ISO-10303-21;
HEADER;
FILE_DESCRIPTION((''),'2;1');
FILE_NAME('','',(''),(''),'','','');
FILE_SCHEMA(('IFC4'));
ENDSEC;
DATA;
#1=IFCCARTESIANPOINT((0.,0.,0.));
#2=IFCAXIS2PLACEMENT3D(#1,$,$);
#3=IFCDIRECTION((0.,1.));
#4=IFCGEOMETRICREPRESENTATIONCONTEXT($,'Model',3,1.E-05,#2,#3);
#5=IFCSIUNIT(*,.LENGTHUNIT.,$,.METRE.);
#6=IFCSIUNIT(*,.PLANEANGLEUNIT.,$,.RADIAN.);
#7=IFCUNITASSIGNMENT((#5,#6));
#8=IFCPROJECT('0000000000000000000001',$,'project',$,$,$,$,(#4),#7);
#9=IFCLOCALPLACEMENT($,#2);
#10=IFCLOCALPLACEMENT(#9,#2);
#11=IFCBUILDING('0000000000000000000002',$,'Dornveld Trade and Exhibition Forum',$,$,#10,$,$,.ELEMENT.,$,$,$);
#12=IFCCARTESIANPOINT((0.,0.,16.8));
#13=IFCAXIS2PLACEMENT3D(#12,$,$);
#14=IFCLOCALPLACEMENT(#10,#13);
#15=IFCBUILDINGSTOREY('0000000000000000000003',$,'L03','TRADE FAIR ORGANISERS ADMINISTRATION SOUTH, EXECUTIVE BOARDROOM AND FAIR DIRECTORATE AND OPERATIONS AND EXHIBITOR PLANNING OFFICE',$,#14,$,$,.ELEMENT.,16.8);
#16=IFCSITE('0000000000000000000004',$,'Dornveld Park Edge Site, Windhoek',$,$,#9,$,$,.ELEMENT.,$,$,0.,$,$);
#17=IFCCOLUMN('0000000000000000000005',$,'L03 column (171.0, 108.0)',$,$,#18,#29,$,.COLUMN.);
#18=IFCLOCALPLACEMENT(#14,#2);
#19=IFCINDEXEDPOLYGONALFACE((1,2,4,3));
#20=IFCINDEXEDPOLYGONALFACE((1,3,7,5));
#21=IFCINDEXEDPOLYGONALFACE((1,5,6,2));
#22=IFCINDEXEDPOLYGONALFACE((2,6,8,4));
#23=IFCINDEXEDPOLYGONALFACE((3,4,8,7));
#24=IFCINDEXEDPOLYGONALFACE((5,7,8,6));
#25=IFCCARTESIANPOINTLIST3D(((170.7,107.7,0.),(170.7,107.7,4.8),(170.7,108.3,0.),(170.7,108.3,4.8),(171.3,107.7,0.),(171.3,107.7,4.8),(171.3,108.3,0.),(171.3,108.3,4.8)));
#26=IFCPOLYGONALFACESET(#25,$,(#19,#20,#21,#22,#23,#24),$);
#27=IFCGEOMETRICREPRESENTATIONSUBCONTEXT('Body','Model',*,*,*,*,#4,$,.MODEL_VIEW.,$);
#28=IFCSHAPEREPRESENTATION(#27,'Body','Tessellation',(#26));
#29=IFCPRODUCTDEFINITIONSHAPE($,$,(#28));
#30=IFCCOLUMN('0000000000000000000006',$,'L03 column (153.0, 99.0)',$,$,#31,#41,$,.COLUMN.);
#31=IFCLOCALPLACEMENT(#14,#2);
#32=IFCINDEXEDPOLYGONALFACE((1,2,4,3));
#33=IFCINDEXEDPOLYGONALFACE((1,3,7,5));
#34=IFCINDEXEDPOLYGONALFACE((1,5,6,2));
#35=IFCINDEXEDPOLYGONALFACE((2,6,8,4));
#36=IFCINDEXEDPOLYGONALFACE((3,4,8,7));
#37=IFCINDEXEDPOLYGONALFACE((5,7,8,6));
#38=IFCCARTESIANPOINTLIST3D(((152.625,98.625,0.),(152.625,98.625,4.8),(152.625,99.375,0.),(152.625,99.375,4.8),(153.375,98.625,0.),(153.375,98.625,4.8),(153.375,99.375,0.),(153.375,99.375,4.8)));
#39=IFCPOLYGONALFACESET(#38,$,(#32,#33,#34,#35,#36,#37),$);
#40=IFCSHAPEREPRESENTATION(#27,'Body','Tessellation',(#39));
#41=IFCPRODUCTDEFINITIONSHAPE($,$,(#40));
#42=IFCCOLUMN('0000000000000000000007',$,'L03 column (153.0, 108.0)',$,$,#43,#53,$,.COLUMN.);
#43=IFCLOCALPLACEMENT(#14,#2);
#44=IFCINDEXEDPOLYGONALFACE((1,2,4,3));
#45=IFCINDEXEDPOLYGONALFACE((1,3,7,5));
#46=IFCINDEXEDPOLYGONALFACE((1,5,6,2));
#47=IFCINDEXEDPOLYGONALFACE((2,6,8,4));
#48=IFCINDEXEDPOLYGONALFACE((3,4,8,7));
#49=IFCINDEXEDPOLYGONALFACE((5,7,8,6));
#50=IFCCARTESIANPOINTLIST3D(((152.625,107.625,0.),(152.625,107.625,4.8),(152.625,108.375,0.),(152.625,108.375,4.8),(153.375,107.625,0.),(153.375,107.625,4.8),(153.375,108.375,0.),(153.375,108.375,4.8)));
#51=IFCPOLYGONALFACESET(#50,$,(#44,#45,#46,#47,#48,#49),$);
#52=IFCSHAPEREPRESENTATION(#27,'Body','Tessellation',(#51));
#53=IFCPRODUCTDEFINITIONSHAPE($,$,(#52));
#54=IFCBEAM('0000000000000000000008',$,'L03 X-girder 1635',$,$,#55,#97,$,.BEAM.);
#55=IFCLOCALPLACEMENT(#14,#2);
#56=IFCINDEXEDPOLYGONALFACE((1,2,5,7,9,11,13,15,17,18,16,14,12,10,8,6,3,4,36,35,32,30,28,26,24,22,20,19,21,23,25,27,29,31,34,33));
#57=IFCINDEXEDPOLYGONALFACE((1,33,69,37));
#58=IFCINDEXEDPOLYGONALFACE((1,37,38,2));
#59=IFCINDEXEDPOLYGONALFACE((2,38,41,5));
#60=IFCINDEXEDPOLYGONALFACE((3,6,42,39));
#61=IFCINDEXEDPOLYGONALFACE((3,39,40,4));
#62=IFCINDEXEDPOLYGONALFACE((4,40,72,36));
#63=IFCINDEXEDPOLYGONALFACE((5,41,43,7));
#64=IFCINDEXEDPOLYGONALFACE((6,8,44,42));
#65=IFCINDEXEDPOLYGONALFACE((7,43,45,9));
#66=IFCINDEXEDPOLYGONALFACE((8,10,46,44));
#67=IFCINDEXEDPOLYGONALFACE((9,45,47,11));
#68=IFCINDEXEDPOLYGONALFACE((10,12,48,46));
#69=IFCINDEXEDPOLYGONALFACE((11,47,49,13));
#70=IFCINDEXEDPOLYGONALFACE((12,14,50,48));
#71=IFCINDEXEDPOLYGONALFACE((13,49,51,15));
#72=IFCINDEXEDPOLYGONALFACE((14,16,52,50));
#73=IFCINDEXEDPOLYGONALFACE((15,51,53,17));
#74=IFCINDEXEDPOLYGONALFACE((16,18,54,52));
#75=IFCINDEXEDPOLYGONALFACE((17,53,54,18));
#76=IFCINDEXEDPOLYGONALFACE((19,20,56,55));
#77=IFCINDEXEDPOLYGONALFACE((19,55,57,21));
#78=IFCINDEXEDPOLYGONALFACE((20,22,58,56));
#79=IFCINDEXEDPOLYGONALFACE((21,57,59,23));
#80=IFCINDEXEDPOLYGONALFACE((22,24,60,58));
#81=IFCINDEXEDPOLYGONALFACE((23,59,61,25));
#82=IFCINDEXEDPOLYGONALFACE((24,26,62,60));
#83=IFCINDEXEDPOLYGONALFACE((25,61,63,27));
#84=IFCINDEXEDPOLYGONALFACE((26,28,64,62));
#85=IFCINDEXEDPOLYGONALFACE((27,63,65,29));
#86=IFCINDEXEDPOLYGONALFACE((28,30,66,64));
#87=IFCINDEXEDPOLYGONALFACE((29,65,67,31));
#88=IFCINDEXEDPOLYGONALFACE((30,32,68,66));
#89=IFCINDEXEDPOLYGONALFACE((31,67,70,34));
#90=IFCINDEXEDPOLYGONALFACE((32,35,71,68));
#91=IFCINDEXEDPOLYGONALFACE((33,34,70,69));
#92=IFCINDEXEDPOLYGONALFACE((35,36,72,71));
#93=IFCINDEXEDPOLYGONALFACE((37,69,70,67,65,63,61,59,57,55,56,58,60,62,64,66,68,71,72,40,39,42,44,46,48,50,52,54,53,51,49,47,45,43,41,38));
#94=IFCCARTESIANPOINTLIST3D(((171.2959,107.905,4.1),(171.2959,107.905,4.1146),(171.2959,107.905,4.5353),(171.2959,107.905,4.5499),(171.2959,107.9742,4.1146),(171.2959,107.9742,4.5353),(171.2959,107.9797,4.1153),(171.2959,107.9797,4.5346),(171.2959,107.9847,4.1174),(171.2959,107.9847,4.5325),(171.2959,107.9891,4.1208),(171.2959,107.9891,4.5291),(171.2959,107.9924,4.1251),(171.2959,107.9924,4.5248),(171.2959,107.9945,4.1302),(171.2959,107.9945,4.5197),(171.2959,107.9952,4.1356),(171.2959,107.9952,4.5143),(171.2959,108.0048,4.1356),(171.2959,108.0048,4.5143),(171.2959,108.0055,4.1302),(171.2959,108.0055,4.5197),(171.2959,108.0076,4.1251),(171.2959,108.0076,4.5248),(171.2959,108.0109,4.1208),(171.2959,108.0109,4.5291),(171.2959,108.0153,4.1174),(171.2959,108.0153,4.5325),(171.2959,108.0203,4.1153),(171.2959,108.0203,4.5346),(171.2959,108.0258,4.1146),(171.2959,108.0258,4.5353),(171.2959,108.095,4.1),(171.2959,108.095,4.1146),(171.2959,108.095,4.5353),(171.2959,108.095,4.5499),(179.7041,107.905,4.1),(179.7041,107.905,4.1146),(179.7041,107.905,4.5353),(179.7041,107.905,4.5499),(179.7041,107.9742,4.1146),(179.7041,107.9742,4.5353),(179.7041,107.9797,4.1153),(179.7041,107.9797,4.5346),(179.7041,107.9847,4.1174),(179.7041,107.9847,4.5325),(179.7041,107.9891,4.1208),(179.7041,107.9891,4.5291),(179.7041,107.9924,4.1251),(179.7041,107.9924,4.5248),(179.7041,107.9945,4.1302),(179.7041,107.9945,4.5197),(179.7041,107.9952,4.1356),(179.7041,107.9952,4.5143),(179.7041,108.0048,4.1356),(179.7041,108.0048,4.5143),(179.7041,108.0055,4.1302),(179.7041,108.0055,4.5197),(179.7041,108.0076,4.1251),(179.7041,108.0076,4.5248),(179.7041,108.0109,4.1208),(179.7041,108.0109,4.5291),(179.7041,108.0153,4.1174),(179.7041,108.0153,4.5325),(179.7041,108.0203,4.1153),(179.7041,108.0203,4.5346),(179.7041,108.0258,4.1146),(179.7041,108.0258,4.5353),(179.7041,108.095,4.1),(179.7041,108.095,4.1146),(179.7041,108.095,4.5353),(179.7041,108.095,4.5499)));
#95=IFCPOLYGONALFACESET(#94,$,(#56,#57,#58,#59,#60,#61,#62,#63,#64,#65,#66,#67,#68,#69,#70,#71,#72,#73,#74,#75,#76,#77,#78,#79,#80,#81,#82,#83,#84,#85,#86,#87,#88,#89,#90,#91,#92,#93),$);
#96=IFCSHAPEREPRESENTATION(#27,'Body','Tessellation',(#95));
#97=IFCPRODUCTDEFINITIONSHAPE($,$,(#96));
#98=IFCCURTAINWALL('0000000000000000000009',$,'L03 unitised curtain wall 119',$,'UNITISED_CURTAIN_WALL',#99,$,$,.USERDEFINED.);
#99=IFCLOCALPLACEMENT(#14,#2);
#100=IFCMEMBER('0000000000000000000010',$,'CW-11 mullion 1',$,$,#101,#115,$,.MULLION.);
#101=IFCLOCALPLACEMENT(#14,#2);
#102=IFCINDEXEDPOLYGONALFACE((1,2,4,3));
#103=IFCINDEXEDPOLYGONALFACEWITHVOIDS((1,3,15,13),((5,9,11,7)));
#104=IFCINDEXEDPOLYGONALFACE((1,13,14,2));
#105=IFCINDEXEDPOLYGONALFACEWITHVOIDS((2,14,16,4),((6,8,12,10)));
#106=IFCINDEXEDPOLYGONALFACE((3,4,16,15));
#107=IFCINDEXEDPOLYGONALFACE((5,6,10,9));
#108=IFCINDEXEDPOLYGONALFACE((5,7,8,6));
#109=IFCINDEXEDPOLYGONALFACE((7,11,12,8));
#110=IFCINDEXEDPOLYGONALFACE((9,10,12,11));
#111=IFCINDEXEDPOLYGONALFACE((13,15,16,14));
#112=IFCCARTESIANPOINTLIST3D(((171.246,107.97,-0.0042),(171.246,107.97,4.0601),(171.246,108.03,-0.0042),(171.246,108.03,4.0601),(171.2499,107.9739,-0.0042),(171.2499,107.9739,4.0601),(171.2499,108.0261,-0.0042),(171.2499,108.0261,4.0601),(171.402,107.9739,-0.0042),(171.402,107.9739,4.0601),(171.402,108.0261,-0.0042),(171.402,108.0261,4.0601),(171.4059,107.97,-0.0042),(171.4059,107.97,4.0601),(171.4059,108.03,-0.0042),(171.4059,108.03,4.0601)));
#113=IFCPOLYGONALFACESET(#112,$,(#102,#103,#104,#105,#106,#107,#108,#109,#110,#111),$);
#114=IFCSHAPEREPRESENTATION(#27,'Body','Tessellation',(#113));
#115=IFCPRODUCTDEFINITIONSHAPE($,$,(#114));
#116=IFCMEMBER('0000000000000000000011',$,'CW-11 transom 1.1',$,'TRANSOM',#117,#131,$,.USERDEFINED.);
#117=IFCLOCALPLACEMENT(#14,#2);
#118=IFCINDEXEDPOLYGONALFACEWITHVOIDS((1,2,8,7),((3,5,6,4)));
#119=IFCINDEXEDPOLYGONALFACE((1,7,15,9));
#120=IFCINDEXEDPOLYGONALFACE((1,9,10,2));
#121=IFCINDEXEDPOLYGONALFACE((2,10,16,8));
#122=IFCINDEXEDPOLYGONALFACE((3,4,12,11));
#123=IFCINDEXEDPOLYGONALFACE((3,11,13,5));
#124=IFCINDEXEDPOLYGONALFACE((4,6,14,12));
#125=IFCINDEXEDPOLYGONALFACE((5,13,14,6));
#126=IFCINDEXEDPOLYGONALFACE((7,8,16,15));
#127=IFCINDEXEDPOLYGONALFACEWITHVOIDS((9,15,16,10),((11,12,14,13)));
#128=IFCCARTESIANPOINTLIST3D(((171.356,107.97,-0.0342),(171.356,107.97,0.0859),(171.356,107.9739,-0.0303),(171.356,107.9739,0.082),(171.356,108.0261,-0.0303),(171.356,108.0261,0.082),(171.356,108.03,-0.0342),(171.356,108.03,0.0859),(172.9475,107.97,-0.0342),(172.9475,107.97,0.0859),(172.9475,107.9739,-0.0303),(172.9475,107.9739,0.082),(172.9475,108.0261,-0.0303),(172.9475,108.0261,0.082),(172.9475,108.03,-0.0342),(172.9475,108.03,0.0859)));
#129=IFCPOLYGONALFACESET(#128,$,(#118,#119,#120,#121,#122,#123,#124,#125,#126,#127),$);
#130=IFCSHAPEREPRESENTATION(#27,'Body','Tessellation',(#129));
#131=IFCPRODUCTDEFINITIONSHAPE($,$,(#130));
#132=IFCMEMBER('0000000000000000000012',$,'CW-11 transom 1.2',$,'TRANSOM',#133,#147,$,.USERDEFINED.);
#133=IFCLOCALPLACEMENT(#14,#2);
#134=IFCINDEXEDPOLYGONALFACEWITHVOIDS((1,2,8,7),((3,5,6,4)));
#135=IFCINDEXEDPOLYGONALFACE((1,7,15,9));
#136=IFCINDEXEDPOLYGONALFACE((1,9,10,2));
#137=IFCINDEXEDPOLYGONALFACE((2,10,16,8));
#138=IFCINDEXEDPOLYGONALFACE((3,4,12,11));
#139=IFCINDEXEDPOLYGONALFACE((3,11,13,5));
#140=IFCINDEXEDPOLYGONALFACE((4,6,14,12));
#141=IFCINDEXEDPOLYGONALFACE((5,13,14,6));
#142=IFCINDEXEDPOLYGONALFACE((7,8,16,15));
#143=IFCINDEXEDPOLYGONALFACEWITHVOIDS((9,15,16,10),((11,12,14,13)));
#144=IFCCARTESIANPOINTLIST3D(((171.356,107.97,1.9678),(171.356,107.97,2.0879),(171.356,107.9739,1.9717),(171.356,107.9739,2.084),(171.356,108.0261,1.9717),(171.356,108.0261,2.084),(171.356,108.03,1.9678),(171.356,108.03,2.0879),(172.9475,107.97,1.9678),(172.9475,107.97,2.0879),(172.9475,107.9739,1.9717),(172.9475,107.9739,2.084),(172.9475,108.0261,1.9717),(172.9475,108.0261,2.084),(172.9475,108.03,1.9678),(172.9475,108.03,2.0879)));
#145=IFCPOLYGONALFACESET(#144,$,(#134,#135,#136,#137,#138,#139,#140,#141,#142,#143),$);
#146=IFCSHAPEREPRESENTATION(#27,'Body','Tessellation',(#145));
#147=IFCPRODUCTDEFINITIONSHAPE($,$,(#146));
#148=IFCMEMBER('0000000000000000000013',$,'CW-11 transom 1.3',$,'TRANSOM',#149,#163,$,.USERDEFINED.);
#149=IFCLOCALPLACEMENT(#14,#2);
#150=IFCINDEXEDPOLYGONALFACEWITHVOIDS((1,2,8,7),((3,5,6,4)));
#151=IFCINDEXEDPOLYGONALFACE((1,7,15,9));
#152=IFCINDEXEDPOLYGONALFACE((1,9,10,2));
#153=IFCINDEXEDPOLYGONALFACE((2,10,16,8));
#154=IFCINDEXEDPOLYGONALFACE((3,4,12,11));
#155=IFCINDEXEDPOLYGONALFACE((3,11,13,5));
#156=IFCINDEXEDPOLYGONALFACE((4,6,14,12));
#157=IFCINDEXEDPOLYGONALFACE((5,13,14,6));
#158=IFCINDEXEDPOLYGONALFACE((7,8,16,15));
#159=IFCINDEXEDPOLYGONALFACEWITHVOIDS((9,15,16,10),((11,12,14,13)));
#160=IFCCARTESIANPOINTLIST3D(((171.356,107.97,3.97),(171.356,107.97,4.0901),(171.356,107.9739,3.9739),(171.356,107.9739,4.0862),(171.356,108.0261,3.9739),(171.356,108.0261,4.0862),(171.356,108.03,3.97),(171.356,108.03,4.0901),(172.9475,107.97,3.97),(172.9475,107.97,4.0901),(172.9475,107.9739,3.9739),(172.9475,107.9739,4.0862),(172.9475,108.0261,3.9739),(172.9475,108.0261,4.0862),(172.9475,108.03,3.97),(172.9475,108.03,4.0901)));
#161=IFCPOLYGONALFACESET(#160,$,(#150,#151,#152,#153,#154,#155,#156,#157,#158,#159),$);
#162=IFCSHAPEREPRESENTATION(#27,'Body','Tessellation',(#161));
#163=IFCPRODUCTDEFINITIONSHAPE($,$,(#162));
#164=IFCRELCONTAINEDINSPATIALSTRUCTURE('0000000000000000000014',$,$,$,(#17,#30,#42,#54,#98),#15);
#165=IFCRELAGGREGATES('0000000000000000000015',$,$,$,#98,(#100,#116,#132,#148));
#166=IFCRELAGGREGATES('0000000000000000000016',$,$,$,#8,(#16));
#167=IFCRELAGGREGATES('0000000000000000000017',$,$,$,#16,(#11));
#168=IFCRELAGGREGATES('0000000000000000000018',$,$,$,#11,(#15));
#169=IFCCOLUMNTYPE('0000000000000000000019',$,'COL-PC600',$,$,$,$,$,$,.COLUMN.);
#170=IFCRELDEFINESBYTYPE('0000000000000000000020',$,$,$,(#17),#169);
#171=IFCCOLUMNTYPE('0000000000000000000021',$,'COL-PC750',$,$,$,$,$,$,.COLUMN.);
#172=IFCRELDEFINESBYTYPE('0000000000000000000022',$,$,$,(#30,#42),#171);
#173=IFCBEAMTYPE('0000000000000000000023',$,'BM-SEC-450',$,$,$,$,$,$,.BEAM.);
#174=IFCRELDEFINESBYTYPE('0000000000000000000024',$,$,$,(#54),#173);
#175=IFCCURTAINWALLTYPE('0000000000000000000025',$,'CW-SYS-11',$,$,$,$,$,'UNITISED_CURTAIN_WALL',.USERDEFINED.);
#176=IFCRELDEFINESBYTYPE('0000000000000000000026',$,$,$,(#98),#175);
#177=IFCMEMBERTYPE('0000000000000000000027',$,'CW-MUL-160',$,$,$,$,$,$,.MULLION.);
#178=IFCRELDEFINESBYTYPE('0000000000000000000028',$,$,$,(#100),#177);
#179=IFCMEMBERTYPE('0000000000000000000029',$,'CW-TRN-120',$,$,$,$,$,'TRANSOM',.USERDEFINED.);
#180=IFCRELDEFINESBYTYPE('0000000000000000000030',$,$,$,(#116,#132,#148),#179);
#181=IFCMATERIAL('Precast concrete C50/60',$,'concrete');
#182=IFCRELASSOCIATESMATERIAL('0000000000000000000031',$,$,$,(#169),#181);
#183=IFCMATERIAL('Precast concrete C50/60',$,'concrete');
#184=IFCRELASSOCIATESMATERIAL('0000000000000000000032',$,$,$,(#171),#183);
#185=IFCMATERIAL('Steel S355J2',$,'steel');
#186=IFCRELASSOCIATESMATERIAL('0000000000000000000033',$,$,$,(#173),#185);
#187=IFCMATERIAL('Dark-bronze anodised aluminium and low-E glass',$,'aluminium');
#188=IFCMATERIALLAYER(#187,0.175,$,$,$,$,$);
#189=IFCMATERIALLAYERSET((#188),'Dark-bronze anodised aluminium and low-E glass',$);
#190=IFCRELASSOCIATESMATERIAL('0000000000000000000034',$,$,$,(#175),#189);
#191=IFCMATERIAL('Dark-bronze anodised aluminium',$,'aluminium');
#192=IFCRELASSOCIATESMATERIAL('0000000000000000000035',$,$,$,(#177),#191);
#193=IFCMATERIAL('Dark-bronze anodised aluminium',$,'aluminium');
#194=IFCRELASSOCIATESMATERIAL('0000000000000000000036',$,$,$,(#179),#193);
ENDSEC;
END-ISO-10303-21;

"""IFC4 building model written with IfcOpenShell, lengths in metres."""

from ifc_helpers import new_model, si_unit, direction, frame, origin, origin_2d, place, context, subcontext, project, spatial, rectangle, hollow_rectangle, i_section, extrude, material, layer, layer_set, material_profile, profile_set, type_object, element, aggregate, save


model = new_model("IFC4")

# Units and contexts
model_context = context("Model", 3, precision=1e-05, world=origin(), true_north=direction((0.0, 1.0)))
body_context = subcontext(model_context, "Body", "Model", "MODEL_VIEW")
ifc_project = project(units=[si_unit("LENGTHUNIT", "METRE"), si_unit("PLANEANGLEUNIT", "RADIAN")], contexts=[model_context])

# Site, building, storey
site_placement = place(None, origin())
site = spatial("IfcSite", under=ifc_project, at=site_placement, Name="Dornveld Park Edge Site, Windhoek", CompositionType="ELEMENT", RefElevation=0.0)
building_placement = place(site_placement, origin())
building = spatial("IfcBuilding", under=site, at=building_placement, Name="Dornveld Trade and Exhibition Forum", CompositionType="ELEMENT")
storey_placement = place(building_placement, frame((0.0, 0.0, 16.8)))
storey = spatial("IfcBuildingStorey", under=building, at=storey_placement, Name="L03", Description="TRADE FAIR ORGANISERS ADMINISTRATION SOUTH, EXECUTIVE BOARDROOM AND FAIR DIRECTORATE AND OPERATIONS AND EXHIBITOR PLANNING OFFICE", CompositionType="ELEMENT", Elevation=16.8)

# Columns
ifc_material_1 = material(Name="Precast concrete C50/60", Category="concrete")
ifc_material_profile_1 = material_profile(ifc_material_1, rectangle(XDim=0.6001, YDim=0.6001, at=origin_2d()), Name="PC-COL 600x600")
ifc_profile_set_1 = profile_set([ifc_material_profile_1], Name="Precast concrete C50/60")
column_type_1 = type_object("IfcColumnType", Name="COL-PC600", PredefinedType="COLUMN", material=ifc_profile_set_1)
column_placement = place(storey_placement, frame((171.0, 108.0, 0.0), z_axis=(0.0, 0.0, 1.0), x_axis=(1.0, 0.0, 0.0)))
element("IfcColumn", 1, at=column_placement, inside=storey, type_object=column_type_1, Name="L03 column (171.0, 108.0)", PredefinedType="COLUMN", context=body_context, shape_type="SweptSolid", body=[
    extrude(rectangle(XDim=0.6001, YDim=0.6001, at=origin_2d()), origin(), (0.0, 0.0, 1.0), 4.8),
])
ifc_material_2 = material(Name="Precast concrete C50/60", Category="concrete")
ifc_material_profile_2 = material_profile(ifc_material_2, rectangle(XDim=0.75, YDim=0.75, at=origin_2d()), Name="PC-COL 750x750")
ifc_profile_set_2 = profile_set([ifc_material_profile_2], Name="Precast concrete C50/60")
column_type_2 = type_object("IfcColumnType", Name="COL-PC750", PredefinedType="COLUMN", material=ifc_profile_set_2)
for number, where, z_axis, x_axis, name in (
    (2, (153.0, 99.0, 0.0), (0.0, 0.0, 1.0), (1.0, 0.0, 0.0), "L03 column (153.0, 99.0)"),
    (3, (153.0, 108.0, 0.0), (0.0, 0.0, 1.0), (1.0, 0.0, 0.0), "L03 column (153.0, 108.0)"),
):
    element("IfcColumn", number, at=place(storey_placement, frame(where, z_axis=z_axis, x_axis=x_axis)), inside=storey, type_object=column_type_2, Name=name, PredefinedType="COLUMN", context=body_context, shape_type="SweptSolid", body=[
        extrude(rectangle(XDim=0.75, YDim=0.75, at=origin_2d()), origin(), (0.0, 0.0, 1.0), 4.8),
    ])

# Beam
ifc_material_3 = material(Name="Steel S355J2", Category="steel")
ifc_material_profile_3 = material_profile(ifc_material_3, i_section(OverallWidth=0.1899, OverallDepth=0.45, WebThickness=0.0095, FlangeThickness=0.0146, FilletRadius=0.021, at=origin_2d()), Name="IPE 450")
ifc_profile_set_3 = profile_set([ifc_material_profile_3], Name="Steel S355J2")
beam_type = type_object("IfcBeamType", Name="BM-SEC-450", PredefinedType="BEAM", material=ifc_profile_set_3)
beam_placement = place(storey_placement, frame((171.2959, 108.0, 4.325), z_axis=(1.0, 0.0, 0.0), x_axis=(0.0, 1.0, 0.0)))
element("IfcBeam", 4, at=beam_placement, inside=storey, type_object=beam_type, Name="L03 X-girder 1635", PredefinedType="BEAM", context=body_context, shape_type="SweptSolid", body=[
    extrude(i_section(OverallWidth=0.1899, OverallDepth=0.45, WebThickness=0.0095, FlangeThickness=0.0146, FilletRadius=0.021, at=origin_2d()), origin(), (0.0, 0.0, 1.0), 8.4082),
])

# Curtain wall, members
ifc_material_4 = material(Name="Dark-bronze anodised aluminium and low-E glass", Category="aluminium")
ifc_layer_1 = layer(ifc_material_4, 0.175)
ifc_layer_set_1 = layer_set([ifc_layer_1], Name="Dark-bronze anodised aluminium and low-E glass")
curtain_wall_type = type_object("IfcCurtainWallType", Name="CW-SYS-11", ElementType="UNITISED_CURTAIN_WALL", PredefinedType="USERDEFINED", material=ifc_layer_set_1)
curtain_wall_placement = place(storey_placement, origin())
curtain_wall = element("IfcCurtainWall", 5, at=curtain_wall_placement, inside=storey, type_object=curtain_wall_type, Name="L03 unitised curtain wall 119", ObjectType="UNITISED_CURTAIN_WALL", PredefinedType="USERDEFINED")
ifc_material_5 = material(Name="Dark-bronze anodised aluminium", Category="aluminium")
ifc_material_profile_4 = material_profile(ifc_material_5, hollow_rectangle(XDim=0.0601, YDim=0.1599, WallThickness=0.0039, at=origin_2d()), Name="RHS 160x60x4")
ifc_profile_set_4 = profile_set([ifc_material_profile_4], Name="Dark-bronze anodised aluminium")
member_type_1 = type_object("IfcMemberType", Name="CW-MUL-160", PredefinedType="MULLION", material=ifc_profile_set_4)
member_1_placement = place(storey_placement, frame((171.3259, 108.0, -0.0042), z_axis=(0.0, 0.0, 1.0), x_axis=(0.0, 1.0, 0.0)))
member_1 = element("IfcMember", 6, at=member_1_placement, type_object=member_type_1, Name="CW-11 mullion 1", PredefinedType="MULLION", context=body_context, shape_type="SweptSolid", body=[
    extrude(hollow_rectangle(XDim=0.0601, YDim=0.1599, WallThickness=0.0039, at=origin_2d()), origin(), (0.0, 0.0, 1.0), 4.0642),
])
ifc_material_6 = material(Name="Dark-bronze anodised aluminium", Category="aluminium")
ifc_material_profile_5 = material_profile(ifc_material_6, hollow_rectangle(XDim=0.0601, YDim=0.1201, WallThickness=0.0039, at=origin_2d()), Name="RHS 120x60x4")
ifc_profile_set_5 = profile_set([ifc_material_profile_5], Name="Dark-bronze anodised aluminium")
member_type_2 = type_object("IfcMemberType", Name="CW-TRN-120", ElementType="TRANSOM", PredefinedType="USERDEFINED", material=ifc_profile_set_5)
member_2_placement = place(storey_placement, frame((171.356, 108.0, 0.0259), z_axis=(1.0, 0.0, 0.0), x_axis=(0.0, 1.0, 0.0)))
member_2 = element("IfcMember", 7, at=member_2_placement, type_object=member_type_2, Name="CW-11 transom 1.1", ObjectType="TRANSOM", PredefinedType="USERDEFINED", context=body_context, shape_type="SweptSolid", body=[
    extrude(hollow_rectangle(XDim=0.0601, YDim=0.1201, WallThickness=0.0039, at=origin_2d()), origin(), (0.0, 0.0, 1.0), 1.5916),
])
member_3_placement = place(storey_placement, frame((171.356, 108.0, 2.0278), z_axis=(1.0, 0.0, 0.0), x_axis=(0.0, 1.0, 0.0)))
member_3 = element("IfcMember", 8, at=member_3_placement, type_object=member_type_2, Name="CW-11 transom 1.2", ObjectType="TRANSOM", PredefinedType="USERDEFINED", context=body_context, shape_type="SweptSolid", body=[
    extrude(hollow_rectangle(XDim=0.0601, YDim=0.1201, WallThickness=0.0039, at=origin_2d()), origin(), (0.0, 0.0, 1.0), 1.5916),
])
member_4_placement = place(storey_placement, frame((171.356, 108.0, 4.03), z_axis=(1.0, 0.0, 0.0), x_axis=(0.0, 1.0, 0.0)))
member_4 = element("IfcMember", 9, at=member_4_placement, type_object=member_type_2, Name="CW-11 transom 1.3", ObjectType="TRANSOM", PredefinedType="USERDEFINED", context=body_context, shape_type="SweptSolid", body=[
    extrude(hollow_rectangle(XDim=0.0601, YDim=0.1201, WallThickness=0.0039, at=origin_2d()), origin(), (0.0, 0.0, 1.0), 1.5916),
])
aggregate(curtain_wall, [member_1, member_2, member_3, member_4])

save(model, "model.ifc")
